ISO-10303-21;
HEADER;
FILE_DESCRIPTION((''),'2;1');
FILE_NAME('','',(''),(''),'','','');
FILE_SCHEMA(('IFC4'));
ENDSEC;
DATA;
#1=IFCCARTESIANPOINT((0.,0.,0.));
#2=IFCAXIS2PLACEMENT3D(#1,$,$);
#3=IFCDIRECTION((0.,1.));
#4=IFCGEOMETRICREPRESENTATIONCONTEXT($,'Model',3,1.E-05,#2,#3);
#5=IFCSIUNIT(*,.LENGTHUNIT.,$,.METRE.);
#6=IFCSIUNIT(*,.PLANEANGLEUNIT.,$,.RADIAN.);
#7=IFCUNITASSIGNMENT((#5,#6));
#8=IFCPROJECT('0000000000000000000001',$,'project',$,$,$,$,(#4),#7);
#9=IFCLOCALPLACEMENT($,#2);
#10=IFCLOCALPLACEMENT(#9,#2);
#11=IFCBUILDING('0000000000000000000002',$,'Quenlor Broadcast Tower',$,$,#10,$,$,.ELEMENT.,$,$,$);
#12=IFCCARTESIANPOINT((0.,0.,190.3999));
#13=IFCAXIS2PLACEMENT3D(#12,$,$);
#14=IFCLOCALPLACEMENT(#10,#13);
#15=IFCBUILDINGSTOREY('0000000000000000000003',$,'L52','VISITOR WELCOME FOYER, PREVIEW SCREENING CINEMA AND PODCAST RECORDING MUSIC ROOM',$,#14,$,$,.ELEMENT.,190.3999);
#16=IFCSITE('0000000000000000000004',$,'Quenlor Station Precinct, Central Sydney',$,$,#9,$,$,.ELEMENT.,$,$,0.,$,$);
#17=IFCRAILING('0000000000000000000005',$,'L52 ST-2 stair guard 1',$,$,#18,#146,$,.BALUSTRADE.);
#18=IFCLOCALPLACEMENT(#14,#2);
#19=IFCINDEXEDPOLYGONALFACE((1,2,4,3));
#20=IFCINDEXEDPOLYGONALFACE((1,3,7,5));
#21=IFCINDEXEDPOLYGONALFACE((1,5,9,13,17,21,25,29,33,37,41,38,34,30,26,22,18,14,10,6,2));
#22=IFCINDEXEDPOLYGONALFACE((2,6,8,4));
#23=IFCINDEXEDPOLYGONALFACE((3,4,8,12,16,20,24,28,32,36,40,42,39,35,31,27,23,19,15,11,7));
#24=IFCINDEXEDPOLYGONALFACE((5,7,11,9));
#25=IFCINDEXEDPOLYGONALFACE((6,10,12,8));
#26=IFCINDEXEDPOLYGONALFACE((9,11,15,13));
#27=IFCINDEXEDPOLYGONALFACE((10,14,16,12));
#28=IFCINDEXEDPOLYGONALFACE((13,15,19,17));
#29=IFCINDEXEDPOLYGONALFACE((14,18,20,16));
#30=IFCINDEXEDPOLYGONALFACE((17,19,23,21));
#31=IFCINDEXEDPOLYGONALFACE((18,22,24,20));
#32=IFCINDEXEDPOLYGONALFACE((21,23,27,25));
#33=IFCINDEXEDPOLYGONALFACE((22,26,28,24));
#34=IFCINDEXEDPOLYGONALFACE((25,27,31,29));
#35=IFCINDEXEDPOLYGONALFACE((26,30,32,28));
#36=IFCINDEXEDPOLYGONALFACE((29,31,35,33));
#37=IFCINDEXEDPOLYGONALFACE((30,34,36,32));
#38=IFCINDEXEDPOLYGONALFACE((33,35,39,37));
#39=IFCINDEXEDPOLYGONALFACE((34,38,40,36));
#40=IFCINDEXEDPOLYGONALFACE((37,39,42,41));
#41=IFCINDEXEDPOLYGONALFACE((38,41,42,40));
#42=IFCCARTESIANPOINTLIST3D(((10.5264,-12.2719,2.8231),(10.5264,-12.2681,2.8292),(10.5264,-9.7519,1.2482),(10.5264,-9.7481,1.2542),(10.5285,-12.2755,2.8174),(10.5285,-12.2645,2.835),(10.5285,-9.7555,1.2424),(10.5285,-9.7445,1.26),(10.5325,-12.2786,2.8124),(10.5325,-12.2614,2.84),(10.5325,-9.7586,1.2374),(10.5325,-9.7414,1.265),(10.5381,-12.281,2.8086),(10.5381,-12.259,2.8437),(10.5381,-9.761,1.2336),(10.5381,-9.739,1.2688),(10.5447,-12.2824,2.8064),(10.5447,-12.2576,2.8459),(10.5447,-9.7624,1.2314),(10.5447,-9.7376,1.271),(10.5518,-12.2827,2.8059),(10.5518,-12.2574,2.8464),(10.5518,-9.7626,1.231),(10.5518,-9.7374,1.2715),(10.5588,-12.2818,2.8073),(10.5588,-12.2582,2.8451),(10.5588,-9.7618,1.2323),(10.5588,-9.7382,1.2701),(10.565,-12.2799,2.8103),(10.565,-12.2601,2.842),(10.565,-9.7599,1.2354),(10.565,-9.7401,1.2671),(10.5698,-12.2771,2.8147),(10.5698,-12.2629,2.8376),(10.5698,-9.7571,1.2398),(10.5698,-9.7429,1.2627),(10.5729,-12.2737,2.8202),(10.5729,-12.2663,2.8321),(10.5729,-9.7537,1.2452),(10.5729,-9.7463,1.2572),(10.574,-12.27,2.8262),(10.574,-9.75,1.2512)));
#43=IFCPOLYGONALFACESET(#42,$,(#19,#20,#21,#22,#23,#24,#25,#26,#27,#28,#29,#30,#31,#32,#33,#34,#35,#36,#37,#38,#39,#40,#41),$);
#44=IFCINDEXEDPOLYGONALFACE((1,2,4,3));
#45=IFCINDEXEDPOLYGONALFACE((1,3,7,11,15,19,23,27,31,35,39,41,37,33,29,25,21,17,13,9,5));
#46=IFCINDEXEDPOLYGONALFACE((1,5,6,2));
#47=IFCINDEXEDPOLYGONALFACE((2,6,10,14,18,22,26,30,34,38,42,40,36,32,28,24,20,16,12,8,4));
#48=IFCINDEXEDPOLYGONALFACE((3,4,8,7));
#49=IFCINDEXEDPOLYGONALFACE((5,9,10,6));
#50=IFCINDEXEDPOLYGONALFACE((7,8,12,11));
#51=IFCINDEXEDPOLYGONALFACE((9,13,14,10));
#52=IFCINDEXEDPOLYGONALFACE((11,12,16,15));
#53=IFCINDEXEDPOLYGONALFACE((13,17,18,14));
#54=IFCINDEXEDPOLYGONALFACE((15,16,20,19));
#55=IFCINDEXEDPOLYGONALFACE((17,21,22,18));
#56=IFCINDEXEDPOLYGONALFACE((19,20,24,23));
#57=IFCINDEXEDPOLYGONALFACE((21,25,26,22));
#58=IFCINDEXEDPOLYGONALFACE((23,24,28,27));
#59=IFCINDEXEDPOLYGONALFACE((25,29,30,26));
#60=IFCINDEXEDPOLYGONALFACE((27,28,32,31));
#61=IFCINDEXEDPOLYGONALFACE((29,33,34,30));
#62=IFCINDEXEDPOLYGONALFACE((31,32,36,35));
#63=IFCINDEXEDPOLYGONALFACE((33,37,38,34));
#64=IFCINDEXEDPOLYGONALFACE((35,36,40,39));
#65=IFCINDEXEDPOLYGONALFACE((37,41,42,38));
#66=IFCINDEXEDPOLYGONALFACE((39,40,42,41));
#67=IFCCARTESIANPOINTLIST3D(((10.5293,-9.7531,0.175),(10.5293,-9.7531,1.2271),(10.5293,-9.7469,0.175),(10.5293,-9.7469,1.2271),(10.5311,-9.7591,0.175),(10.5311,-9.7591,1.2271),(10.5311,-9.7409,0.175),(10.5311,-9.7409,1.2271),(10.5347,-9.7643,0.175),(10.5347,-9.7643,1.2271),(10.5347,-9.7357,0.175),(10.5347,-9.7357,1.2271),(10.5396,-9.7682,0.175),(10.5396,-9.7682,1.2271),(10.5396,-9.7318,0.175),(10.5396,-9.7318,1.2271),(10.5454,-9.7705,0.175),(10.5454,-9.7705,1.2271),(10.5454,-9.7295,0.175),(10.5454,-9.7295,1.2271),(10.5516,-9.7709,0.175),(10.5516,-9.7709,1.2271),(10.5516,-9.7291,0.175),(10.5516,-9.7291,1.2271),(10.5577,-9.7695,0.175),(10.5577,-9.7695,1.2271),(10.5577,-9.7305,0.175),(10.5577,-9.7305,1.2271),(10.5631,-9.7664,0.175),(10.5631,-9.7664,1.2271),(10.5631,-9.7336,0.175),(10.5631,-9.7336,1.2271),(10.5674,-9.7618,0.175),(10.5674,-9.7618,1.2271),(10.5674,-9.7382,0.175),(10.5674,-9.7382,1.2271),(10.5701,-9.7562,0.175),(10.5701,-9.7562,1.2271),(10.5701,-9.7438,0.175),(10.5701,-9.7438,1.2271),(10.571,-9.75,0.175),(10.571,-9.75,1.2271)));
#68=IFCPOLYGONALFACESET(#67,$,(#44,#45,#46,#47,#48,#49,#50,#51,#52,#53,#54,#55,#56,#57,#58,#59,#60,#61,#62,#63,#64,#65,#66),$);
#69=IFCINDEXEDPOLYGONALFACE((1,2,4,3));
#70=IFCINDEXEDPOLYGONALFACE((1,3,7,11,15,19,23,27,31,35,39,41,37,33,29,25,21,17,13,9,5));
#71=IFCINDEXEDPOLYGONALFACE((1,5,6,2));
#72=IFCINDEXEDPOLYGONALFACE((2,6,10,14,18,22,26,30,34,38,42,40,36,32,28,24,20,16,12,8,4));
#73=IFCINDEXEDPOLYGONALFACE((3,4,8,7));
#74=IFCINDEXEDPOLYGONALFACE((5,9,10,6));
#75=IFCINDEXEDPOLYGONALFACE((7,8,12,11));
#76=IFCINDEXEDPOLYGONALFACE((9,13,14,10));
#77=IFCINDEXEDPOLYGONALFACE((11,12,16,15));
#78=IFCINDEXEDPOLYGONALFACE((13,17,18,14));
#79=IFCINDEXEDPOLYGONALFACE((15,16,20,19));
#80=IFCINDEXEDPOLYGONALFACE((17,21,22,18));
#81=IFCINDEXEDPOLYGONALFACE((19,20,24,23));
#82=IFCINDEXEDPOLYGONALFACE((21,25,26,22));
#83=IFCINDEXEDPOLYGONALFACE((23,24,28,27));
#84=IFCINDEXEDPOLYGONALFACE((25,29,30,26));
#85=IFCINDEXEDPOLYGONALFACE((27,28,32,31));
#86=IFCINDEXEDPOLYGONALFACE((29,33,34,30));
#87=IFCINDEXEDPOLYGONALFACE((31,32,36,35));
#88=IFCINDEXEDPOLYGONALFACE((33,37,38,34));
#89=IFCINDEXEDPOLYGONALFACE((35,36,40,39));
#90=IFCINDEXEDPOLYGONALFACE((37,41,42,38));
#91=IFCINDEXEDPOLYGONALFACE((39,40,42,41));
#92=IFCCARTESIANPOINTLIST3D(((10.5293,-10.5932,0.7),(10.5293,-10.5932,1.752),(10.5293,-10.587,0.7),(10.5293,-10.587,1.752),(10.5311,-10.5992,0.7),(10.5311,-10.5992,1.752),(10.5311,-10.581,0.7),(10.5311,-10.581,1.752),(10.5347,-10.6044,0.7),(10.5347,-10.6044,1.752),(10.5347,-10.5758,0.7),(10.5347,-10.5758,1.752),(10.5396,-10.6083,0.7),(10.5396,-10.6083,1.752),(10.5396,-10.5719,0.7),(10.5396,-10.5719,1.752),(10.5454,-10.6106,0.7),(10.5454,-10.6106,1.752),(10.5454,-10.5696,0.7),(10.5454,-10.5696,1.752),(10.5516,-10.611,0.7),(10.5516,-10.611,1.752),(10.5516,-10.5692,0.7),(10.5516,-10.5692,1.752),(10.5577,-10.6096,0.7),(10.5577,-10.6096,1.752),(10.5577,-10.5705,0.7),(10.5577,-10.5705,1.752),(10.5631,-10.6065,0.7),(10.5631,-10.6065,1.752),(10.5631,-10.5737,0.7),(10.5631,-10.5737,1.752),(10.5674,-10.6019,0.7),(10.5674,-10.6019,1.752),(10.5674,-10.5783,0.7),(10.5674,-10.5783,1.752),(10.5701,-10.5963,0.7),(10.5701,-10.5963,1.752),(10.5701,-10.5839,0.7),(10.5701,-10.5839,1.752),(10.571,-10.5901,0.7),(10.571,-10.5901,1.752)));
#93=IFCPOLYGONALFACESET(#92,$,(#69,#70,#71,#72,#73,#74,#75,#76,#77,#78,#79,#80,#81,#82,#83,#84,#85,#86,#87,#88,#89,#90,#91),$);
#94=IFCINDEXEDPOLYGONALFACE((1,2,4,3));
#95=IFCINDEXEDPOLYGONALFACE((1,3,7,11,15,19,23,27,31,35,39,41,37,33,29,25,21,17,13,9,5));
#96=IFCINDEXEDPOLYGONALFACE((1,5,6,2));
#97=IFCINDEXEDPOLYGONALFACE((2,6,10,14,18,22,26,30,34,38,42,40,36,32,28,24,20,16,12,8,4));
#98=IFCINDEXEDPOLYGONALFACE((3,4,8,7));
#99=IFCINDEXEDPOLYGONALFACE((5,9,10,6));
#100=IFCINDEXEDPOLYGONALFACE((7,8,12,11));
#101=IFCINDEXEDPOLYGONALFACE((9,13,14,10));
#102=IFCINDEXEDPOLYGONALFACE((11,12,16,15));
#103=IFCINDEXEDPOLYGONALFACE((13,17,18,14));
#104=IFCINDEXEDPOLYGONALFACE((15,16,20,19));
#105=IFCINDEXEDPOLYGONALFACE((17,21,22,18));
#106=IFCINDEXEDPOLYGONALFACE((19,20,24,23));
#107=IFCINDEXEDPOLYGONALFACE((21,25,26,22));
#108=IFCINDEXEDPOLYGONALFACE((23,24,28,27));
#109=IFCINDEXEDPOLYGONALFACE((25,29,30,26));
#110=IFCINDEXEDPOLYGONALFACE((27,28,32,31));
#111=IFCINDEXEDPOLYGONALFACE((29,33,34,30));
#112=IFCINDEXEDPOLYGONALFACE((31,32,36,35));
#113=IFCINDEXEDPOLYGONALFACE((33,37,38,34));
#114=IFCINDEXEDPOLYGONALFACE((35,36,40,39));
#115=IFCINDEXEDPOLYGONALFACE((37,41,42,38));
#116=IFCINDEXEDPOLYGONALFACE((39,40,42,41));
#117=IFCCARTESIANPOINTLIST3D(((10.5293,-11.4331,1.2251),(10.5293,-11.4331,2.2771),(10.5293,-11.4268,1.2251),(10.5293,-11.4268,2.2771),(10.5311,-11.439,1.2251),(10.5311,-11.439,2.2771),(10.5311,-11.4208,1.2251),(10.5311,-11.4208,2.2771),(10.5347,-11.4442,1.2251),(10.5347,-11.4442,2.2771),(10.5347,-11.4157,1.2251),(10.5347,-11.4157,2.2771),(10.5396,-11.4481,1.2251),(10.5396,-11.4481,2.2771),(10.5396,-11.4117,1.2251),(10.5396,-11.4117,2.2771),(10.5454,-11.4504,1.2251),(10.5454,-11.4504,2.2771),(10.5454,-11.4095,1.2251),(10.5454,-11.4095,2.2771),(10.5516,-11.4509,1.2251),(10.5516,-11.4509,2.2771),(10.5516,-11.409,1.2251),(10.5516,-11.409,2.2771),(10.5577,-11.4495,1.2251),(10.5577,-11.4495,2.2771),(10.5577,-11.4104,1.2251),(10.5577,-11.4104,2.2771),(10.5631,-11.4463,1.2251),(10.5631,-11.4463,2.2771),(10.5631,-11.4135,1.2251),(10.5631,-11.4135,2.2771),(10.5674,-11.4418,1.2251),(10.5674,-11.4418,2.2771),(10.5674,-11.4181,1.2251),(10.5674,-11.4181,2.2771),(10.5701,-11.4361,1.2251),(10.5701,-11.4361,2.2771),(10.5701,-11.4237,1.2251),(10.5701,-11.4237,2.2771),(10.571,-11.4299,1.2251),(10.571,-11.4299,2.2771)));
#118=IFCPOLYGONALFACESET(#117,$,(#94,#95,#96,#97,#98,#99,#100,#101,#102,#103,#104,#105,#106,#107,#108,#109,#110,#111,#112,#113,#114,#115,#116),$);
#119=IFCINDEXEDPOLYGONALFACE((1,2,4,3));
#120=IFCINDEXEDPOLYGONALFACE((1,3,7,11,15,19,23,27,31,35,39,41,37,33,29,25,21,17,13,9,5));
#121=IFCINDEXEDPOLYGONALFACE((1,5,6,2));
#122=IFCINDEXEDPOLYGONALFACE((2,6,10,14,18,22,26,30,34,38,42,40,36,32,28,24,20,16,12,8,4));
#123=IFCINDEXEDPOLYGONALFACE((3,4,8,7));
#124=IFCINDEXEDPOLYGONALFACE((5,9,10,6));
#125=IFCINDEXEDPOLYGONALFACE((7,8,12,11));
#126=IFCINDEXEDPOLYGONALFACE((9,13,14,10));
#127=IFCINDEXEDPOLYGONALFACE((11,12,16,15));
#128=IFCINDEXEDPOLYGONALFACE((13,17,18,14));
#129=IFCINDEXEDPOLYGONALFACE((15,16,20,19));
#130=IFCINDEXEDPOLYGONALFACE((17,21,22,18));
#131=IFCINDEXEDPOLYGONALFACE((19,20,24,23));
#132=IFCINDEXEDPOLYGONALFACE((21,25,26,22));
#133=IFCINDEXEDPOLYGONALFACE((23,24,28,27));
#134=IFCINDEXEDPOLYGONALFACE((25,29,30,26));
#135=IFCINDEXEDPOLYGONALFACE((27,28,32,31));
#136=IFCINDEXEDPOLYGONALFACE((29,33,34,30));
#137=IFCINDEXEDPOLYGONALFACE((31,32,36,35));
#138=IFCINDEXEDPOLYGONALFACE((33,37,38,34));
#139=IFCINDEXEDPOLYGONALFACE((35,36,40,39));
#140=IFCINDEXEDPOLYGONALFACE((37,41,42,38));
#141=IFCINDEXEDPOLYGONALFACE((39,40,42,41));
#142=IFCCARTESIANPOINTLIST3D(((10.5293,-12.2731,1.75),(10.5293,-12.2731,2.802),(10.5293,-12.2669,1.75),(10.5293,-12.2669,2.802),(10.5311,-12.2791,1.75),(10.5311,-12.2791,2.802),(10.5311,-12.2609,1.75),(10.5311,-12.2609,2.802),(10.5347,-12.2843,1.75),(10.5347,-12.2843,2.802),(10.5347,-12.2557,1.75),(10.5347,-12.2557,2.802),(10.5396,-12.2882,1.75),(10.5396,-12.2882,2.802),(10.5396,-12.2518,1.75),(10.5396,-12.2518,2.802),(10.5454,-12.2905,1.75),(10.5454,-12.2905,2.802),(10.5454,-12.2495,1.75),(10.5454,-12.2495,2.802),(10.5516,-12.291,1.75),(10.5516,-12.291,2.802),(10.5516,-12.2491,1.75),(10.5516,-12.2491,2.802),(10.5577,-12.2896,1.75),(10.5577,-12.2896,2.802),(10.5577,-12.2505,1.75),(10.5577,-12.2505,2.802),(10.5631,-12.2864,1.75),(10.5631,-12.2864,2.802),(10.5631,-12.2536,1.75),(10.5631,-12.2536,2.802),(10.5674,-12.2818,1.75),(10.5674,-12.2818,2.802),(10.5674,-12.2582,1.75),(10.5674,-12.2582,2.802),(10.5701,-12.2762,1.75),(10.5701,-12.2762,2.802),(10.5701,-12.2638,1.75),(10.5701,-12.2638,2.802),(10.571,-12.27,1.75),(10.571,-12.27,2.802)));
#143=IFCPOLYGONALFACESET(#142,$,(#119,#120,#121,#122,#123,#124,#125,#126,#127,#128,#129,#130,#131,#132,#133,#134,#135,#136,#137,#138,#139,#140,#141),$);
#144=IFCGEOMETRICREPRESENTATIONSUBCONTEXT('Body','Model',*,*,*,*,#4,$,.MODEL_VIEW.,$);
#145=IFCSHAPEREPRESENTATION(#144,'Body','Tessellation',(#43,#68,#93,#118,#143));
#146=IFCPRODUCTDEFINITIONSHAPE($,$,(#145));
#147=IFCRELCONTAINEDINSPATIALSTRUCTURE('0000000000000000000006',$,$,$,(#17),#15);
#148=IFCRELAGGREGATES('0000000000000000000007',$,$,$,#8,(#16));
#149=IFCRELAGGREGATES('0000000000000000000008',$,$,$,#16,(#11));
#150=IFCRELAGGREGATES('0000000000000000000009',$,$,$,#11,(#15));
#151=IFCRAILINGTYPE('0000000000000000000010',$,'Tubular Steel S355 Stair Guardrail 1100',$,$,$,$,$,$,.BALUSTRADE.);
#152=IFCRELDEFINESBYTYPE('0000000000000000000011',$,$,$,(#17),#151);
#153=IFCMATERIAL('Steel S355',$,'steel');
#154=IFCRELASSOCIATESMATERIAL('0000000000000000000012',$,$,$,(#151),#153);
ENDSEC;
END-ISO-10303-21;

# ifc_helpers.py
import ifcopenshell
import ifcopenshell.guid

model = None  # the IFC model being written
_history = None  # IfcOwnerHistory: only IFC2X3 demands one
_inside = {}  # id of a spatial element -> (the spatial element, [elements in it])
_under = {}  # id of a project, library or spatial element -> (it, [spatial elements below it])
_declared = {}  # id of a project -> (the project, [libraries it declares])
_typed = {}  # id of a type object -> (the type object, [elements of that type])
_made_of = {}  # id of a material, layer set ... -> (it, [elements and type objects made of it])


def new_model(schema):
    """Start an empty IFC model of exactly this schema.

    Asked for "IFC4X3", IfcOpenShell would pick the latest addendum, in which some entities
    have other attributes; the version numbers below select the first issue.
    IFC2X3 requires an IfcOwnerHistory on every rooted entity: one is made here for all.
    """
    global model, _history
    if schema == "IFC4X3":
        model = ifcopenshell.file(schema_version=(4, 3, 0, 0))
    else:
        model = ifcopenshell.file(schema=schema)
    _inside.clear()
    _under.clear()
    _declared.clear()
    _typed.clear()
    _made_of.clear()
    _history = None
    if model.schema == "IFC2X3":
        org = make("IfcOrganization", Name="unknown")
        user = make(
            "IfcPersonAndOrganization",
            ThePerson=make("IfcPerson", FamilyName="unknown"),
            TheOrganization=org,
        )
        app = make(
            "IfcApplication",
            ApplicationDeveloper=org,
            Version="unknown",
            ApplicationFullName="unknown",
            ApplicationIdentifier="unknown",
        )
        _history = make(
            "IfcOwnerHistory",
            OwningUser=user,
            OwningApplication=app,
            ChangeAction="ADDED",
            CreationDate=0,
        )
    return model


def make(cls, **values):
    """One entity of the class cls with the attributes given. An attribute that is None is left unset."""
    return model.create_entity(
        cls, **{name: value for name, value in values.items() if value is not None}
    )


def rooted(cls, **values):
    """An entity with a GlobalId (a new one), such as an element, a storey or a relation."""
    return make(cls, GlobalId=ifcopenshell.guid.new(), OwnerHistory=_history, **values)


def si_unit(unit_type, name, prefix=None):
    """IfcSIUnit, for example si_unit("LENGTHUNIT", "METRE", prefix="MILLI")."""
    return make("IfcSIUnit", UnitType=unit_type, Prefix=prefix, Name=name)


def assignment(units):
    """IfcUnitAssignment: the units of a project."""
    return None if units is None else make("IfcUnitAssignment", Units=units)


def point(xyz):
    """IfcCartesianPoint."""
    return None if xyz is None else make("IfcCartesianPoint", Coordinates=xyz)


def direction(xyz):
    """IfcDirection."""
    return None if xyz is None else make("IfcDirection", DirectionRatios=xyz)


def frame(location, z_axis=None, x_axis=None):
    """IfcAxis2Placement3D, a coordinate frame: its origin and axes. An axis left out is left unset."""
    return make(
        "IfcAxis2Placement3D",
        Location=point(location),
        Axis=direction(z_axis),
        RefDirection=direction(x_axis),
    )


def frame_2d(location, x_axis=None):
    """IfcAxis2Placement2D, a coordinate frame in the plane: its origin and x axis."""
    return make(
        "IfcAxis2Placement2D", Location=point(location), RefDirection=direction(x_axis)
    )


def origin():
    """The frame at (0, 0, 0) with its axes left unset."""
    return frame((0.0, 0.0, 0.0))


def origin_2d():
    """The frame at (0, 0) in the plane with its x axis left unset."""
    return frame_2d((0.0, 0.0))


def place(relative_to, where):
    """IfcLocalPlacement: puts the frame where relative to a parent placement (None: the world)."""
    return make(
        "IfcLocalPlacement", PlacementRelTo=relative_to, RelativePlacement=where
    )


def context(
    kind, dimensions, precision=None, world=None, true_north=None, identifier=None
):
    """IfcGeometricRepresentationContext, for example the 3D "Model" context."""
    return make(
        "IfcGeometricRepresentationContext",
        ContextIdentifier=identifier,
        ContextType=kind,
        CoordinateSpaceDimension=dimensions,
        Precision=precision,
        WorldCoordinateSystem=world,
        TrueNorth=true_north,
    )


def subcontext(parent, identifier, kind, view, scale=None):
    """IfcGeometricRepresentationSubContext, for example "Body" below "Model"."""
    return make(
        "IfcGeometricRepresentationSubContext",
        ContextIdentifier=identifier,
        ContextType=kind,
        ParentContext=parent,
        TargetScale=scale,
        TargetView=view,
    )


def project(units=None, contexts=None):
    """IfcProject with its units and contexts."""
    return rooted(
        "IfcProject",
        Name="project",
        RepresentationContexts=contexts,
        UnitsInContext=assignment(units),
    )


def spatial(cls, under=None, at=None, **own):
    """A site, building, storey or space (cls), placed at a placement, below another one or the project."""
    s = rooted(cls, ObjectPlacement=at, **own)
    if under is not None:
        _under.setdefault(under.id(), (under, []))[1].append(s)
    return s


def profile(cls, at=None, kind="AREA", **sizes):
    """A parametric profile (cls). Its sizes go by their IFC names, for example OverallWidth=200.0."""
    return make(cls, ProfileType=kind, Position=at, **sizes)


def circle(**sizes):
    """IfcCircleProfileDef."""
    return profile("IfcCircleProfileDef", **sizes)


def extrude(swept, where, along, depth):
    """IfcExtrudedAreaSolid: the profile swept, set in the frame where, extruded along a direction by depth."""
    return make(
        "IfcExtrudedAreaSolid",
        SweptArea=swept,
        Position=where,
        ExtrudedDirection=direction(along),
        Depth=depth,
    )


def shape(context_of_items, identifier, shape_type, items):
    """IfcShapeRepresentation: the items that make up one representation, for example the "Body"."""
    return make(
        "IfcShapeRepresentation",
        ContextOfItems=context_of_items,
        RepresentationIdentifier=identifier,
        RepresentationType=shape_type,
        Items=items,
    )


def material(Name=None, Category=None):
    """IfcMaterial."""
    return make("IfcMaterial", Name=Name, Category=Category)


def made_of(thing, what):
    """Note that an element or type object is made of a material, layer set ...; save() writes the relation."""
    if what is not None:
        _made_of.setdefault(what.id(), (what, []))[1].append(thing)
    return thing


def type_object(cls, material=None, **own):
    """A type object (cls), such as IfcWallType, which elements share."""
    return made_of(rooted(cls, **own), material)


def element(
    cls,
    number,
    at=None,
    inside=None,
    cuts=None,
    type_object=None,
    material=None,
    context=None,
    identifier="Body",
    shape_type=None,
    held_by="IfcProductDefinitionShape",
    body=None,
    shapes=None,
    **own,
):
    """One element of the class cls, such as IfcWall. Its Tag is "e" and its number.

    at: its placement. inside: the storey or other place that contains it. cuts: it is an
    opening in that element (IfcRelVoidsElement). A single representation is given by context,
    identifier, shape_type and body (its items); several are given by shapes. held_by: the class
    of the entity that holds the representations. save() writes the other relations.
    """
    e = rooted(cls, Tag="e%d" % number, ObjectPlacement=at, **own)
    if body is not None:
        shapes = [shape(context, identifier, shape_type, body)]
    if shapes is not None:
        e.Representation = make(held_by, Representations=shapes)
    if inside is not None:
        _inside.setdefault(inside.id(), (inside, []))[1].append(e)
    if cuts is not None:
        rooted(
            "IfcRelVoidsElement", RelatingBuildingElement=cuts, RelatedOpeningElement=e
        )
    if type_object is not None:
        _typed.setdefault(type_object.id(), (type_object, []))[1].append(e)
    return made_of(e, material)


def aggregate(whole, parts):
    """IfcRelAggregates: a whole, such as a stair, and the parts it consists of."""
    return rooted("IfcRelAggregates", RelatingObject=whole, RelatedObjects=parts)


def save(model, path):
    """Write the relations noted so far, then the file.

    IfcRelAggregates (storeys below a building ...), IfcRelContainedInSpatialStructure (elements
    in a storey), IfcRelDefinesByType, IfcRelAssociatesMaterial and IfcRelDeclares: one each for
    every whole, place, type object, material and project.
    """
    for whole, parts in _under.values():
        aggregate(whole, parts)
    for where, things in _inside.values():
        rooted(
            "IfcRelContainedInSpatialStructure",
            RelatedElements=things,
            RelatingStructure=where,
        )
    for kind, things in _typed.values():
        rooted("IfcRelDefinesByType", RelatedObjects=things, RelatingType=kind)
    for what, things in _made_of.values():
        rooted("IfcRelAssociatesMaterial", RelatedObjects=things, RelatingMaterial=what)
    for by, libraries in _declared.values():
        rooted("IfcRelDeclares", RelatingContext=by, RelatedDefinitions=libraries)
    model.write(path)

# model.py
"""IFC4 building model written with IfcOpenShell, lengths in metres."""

from ifc_helpers import new_model, si_unit, direction, frame, origin, origin_2d, place, context, subcontext, project, spatial, circle, extrude, material, type_object, element, save


model = new_model("IFC4")

# Units and contexts
model_context = context("Model", 3, precision=1e-05, world=origin(), true_north=direction((0.0, 1.0)))
body_context = subcontext(model_context, "Body", "Model", "MODEL_VIEW")
ifc_project = project(units=[si_unit("LENGTHUNIT", "METRE"), si_unit("PLANEANGLEUNIT", "RADIAN")], contexts=[model_context])

# Site, building, storey
site_placement = place(None, origin())
site = spatial("IfcSite", under=ifc_project, at=site_placement, Name="Quenlor Station Precinct, Central Sydney", CompositionType="ELEMENT", RefElevation=0.0)
building_placement = place(site_placement, origin())
building = spatial("IfcBuilding", under=site, at=building_placement, Name="Quenlor Broadcast Tower", CompositionType="ELEMENT")
storey_placement = place(building_placement, frame((0.0, 0.0, 190.3999)))
storey = spatial("IfcBuildingStorey", under=building, at=storey_placement, Name="L52", Description="VISITOR WELCOME FOYER, PREVIEW SCREENING CINEMA AND PODCAST RECORDING MUSIC ROOM", CompositionType="ELEMENT", Elevation=190.3999)

# Railing
ifc_material_1 = material(Name="Steel S355", Category="steel")
railing_type_1 = type_object("IfcRailingType", Name="Tubular Steel S355 Stair Guardrail 1100", PredefinedType="BALUSTRADE", material=ifc_material_1)
railing_1_placement = place(storey_placement, frame((10.55, -9.75, 0.175)))
element("IfcRailing", 1, at=railing_1_placement, inside=storey, type_object=railing_type_1, Name="L52 ST-2 stair guard 1", PredefinedType="BALUSTRADE", context=body_context, shape_type="SweptSolid", body=[
    extrude(circle(Radius=0.0239, at=origin_2d()), frame((0.0, 0.0, 1.0762), z_axis=(0.0, -0.848008, 0.529984), x_axis=(1.0, 0.0, 0.0)), (0.0, 0.0, 1.0), 2.9717),
    extrude(circle(Radius=0.021, at=origin_2d()), origin(), (0.0, 0.0, 1.0), 1.052),
    extrude(circle(Radius=0.021, at=origin_2d()), frame((0.0, -0.8401, 0.5249)), (0.0, 0.0, 1.0), 1.052),
    extrude(circle(Radius=0.021, at=origin_2d()), frame((0.0, -1.6799, 1.05)), (0.0, 0.0, 1.0), 1.052),
    extrude(circle(Radius=0.021, at=origin_2d()), frame((0.0, -2.52, 1.575)), (0.0, 0.0, 1.0), 1.052),
])

save(model, "model.ifc")
